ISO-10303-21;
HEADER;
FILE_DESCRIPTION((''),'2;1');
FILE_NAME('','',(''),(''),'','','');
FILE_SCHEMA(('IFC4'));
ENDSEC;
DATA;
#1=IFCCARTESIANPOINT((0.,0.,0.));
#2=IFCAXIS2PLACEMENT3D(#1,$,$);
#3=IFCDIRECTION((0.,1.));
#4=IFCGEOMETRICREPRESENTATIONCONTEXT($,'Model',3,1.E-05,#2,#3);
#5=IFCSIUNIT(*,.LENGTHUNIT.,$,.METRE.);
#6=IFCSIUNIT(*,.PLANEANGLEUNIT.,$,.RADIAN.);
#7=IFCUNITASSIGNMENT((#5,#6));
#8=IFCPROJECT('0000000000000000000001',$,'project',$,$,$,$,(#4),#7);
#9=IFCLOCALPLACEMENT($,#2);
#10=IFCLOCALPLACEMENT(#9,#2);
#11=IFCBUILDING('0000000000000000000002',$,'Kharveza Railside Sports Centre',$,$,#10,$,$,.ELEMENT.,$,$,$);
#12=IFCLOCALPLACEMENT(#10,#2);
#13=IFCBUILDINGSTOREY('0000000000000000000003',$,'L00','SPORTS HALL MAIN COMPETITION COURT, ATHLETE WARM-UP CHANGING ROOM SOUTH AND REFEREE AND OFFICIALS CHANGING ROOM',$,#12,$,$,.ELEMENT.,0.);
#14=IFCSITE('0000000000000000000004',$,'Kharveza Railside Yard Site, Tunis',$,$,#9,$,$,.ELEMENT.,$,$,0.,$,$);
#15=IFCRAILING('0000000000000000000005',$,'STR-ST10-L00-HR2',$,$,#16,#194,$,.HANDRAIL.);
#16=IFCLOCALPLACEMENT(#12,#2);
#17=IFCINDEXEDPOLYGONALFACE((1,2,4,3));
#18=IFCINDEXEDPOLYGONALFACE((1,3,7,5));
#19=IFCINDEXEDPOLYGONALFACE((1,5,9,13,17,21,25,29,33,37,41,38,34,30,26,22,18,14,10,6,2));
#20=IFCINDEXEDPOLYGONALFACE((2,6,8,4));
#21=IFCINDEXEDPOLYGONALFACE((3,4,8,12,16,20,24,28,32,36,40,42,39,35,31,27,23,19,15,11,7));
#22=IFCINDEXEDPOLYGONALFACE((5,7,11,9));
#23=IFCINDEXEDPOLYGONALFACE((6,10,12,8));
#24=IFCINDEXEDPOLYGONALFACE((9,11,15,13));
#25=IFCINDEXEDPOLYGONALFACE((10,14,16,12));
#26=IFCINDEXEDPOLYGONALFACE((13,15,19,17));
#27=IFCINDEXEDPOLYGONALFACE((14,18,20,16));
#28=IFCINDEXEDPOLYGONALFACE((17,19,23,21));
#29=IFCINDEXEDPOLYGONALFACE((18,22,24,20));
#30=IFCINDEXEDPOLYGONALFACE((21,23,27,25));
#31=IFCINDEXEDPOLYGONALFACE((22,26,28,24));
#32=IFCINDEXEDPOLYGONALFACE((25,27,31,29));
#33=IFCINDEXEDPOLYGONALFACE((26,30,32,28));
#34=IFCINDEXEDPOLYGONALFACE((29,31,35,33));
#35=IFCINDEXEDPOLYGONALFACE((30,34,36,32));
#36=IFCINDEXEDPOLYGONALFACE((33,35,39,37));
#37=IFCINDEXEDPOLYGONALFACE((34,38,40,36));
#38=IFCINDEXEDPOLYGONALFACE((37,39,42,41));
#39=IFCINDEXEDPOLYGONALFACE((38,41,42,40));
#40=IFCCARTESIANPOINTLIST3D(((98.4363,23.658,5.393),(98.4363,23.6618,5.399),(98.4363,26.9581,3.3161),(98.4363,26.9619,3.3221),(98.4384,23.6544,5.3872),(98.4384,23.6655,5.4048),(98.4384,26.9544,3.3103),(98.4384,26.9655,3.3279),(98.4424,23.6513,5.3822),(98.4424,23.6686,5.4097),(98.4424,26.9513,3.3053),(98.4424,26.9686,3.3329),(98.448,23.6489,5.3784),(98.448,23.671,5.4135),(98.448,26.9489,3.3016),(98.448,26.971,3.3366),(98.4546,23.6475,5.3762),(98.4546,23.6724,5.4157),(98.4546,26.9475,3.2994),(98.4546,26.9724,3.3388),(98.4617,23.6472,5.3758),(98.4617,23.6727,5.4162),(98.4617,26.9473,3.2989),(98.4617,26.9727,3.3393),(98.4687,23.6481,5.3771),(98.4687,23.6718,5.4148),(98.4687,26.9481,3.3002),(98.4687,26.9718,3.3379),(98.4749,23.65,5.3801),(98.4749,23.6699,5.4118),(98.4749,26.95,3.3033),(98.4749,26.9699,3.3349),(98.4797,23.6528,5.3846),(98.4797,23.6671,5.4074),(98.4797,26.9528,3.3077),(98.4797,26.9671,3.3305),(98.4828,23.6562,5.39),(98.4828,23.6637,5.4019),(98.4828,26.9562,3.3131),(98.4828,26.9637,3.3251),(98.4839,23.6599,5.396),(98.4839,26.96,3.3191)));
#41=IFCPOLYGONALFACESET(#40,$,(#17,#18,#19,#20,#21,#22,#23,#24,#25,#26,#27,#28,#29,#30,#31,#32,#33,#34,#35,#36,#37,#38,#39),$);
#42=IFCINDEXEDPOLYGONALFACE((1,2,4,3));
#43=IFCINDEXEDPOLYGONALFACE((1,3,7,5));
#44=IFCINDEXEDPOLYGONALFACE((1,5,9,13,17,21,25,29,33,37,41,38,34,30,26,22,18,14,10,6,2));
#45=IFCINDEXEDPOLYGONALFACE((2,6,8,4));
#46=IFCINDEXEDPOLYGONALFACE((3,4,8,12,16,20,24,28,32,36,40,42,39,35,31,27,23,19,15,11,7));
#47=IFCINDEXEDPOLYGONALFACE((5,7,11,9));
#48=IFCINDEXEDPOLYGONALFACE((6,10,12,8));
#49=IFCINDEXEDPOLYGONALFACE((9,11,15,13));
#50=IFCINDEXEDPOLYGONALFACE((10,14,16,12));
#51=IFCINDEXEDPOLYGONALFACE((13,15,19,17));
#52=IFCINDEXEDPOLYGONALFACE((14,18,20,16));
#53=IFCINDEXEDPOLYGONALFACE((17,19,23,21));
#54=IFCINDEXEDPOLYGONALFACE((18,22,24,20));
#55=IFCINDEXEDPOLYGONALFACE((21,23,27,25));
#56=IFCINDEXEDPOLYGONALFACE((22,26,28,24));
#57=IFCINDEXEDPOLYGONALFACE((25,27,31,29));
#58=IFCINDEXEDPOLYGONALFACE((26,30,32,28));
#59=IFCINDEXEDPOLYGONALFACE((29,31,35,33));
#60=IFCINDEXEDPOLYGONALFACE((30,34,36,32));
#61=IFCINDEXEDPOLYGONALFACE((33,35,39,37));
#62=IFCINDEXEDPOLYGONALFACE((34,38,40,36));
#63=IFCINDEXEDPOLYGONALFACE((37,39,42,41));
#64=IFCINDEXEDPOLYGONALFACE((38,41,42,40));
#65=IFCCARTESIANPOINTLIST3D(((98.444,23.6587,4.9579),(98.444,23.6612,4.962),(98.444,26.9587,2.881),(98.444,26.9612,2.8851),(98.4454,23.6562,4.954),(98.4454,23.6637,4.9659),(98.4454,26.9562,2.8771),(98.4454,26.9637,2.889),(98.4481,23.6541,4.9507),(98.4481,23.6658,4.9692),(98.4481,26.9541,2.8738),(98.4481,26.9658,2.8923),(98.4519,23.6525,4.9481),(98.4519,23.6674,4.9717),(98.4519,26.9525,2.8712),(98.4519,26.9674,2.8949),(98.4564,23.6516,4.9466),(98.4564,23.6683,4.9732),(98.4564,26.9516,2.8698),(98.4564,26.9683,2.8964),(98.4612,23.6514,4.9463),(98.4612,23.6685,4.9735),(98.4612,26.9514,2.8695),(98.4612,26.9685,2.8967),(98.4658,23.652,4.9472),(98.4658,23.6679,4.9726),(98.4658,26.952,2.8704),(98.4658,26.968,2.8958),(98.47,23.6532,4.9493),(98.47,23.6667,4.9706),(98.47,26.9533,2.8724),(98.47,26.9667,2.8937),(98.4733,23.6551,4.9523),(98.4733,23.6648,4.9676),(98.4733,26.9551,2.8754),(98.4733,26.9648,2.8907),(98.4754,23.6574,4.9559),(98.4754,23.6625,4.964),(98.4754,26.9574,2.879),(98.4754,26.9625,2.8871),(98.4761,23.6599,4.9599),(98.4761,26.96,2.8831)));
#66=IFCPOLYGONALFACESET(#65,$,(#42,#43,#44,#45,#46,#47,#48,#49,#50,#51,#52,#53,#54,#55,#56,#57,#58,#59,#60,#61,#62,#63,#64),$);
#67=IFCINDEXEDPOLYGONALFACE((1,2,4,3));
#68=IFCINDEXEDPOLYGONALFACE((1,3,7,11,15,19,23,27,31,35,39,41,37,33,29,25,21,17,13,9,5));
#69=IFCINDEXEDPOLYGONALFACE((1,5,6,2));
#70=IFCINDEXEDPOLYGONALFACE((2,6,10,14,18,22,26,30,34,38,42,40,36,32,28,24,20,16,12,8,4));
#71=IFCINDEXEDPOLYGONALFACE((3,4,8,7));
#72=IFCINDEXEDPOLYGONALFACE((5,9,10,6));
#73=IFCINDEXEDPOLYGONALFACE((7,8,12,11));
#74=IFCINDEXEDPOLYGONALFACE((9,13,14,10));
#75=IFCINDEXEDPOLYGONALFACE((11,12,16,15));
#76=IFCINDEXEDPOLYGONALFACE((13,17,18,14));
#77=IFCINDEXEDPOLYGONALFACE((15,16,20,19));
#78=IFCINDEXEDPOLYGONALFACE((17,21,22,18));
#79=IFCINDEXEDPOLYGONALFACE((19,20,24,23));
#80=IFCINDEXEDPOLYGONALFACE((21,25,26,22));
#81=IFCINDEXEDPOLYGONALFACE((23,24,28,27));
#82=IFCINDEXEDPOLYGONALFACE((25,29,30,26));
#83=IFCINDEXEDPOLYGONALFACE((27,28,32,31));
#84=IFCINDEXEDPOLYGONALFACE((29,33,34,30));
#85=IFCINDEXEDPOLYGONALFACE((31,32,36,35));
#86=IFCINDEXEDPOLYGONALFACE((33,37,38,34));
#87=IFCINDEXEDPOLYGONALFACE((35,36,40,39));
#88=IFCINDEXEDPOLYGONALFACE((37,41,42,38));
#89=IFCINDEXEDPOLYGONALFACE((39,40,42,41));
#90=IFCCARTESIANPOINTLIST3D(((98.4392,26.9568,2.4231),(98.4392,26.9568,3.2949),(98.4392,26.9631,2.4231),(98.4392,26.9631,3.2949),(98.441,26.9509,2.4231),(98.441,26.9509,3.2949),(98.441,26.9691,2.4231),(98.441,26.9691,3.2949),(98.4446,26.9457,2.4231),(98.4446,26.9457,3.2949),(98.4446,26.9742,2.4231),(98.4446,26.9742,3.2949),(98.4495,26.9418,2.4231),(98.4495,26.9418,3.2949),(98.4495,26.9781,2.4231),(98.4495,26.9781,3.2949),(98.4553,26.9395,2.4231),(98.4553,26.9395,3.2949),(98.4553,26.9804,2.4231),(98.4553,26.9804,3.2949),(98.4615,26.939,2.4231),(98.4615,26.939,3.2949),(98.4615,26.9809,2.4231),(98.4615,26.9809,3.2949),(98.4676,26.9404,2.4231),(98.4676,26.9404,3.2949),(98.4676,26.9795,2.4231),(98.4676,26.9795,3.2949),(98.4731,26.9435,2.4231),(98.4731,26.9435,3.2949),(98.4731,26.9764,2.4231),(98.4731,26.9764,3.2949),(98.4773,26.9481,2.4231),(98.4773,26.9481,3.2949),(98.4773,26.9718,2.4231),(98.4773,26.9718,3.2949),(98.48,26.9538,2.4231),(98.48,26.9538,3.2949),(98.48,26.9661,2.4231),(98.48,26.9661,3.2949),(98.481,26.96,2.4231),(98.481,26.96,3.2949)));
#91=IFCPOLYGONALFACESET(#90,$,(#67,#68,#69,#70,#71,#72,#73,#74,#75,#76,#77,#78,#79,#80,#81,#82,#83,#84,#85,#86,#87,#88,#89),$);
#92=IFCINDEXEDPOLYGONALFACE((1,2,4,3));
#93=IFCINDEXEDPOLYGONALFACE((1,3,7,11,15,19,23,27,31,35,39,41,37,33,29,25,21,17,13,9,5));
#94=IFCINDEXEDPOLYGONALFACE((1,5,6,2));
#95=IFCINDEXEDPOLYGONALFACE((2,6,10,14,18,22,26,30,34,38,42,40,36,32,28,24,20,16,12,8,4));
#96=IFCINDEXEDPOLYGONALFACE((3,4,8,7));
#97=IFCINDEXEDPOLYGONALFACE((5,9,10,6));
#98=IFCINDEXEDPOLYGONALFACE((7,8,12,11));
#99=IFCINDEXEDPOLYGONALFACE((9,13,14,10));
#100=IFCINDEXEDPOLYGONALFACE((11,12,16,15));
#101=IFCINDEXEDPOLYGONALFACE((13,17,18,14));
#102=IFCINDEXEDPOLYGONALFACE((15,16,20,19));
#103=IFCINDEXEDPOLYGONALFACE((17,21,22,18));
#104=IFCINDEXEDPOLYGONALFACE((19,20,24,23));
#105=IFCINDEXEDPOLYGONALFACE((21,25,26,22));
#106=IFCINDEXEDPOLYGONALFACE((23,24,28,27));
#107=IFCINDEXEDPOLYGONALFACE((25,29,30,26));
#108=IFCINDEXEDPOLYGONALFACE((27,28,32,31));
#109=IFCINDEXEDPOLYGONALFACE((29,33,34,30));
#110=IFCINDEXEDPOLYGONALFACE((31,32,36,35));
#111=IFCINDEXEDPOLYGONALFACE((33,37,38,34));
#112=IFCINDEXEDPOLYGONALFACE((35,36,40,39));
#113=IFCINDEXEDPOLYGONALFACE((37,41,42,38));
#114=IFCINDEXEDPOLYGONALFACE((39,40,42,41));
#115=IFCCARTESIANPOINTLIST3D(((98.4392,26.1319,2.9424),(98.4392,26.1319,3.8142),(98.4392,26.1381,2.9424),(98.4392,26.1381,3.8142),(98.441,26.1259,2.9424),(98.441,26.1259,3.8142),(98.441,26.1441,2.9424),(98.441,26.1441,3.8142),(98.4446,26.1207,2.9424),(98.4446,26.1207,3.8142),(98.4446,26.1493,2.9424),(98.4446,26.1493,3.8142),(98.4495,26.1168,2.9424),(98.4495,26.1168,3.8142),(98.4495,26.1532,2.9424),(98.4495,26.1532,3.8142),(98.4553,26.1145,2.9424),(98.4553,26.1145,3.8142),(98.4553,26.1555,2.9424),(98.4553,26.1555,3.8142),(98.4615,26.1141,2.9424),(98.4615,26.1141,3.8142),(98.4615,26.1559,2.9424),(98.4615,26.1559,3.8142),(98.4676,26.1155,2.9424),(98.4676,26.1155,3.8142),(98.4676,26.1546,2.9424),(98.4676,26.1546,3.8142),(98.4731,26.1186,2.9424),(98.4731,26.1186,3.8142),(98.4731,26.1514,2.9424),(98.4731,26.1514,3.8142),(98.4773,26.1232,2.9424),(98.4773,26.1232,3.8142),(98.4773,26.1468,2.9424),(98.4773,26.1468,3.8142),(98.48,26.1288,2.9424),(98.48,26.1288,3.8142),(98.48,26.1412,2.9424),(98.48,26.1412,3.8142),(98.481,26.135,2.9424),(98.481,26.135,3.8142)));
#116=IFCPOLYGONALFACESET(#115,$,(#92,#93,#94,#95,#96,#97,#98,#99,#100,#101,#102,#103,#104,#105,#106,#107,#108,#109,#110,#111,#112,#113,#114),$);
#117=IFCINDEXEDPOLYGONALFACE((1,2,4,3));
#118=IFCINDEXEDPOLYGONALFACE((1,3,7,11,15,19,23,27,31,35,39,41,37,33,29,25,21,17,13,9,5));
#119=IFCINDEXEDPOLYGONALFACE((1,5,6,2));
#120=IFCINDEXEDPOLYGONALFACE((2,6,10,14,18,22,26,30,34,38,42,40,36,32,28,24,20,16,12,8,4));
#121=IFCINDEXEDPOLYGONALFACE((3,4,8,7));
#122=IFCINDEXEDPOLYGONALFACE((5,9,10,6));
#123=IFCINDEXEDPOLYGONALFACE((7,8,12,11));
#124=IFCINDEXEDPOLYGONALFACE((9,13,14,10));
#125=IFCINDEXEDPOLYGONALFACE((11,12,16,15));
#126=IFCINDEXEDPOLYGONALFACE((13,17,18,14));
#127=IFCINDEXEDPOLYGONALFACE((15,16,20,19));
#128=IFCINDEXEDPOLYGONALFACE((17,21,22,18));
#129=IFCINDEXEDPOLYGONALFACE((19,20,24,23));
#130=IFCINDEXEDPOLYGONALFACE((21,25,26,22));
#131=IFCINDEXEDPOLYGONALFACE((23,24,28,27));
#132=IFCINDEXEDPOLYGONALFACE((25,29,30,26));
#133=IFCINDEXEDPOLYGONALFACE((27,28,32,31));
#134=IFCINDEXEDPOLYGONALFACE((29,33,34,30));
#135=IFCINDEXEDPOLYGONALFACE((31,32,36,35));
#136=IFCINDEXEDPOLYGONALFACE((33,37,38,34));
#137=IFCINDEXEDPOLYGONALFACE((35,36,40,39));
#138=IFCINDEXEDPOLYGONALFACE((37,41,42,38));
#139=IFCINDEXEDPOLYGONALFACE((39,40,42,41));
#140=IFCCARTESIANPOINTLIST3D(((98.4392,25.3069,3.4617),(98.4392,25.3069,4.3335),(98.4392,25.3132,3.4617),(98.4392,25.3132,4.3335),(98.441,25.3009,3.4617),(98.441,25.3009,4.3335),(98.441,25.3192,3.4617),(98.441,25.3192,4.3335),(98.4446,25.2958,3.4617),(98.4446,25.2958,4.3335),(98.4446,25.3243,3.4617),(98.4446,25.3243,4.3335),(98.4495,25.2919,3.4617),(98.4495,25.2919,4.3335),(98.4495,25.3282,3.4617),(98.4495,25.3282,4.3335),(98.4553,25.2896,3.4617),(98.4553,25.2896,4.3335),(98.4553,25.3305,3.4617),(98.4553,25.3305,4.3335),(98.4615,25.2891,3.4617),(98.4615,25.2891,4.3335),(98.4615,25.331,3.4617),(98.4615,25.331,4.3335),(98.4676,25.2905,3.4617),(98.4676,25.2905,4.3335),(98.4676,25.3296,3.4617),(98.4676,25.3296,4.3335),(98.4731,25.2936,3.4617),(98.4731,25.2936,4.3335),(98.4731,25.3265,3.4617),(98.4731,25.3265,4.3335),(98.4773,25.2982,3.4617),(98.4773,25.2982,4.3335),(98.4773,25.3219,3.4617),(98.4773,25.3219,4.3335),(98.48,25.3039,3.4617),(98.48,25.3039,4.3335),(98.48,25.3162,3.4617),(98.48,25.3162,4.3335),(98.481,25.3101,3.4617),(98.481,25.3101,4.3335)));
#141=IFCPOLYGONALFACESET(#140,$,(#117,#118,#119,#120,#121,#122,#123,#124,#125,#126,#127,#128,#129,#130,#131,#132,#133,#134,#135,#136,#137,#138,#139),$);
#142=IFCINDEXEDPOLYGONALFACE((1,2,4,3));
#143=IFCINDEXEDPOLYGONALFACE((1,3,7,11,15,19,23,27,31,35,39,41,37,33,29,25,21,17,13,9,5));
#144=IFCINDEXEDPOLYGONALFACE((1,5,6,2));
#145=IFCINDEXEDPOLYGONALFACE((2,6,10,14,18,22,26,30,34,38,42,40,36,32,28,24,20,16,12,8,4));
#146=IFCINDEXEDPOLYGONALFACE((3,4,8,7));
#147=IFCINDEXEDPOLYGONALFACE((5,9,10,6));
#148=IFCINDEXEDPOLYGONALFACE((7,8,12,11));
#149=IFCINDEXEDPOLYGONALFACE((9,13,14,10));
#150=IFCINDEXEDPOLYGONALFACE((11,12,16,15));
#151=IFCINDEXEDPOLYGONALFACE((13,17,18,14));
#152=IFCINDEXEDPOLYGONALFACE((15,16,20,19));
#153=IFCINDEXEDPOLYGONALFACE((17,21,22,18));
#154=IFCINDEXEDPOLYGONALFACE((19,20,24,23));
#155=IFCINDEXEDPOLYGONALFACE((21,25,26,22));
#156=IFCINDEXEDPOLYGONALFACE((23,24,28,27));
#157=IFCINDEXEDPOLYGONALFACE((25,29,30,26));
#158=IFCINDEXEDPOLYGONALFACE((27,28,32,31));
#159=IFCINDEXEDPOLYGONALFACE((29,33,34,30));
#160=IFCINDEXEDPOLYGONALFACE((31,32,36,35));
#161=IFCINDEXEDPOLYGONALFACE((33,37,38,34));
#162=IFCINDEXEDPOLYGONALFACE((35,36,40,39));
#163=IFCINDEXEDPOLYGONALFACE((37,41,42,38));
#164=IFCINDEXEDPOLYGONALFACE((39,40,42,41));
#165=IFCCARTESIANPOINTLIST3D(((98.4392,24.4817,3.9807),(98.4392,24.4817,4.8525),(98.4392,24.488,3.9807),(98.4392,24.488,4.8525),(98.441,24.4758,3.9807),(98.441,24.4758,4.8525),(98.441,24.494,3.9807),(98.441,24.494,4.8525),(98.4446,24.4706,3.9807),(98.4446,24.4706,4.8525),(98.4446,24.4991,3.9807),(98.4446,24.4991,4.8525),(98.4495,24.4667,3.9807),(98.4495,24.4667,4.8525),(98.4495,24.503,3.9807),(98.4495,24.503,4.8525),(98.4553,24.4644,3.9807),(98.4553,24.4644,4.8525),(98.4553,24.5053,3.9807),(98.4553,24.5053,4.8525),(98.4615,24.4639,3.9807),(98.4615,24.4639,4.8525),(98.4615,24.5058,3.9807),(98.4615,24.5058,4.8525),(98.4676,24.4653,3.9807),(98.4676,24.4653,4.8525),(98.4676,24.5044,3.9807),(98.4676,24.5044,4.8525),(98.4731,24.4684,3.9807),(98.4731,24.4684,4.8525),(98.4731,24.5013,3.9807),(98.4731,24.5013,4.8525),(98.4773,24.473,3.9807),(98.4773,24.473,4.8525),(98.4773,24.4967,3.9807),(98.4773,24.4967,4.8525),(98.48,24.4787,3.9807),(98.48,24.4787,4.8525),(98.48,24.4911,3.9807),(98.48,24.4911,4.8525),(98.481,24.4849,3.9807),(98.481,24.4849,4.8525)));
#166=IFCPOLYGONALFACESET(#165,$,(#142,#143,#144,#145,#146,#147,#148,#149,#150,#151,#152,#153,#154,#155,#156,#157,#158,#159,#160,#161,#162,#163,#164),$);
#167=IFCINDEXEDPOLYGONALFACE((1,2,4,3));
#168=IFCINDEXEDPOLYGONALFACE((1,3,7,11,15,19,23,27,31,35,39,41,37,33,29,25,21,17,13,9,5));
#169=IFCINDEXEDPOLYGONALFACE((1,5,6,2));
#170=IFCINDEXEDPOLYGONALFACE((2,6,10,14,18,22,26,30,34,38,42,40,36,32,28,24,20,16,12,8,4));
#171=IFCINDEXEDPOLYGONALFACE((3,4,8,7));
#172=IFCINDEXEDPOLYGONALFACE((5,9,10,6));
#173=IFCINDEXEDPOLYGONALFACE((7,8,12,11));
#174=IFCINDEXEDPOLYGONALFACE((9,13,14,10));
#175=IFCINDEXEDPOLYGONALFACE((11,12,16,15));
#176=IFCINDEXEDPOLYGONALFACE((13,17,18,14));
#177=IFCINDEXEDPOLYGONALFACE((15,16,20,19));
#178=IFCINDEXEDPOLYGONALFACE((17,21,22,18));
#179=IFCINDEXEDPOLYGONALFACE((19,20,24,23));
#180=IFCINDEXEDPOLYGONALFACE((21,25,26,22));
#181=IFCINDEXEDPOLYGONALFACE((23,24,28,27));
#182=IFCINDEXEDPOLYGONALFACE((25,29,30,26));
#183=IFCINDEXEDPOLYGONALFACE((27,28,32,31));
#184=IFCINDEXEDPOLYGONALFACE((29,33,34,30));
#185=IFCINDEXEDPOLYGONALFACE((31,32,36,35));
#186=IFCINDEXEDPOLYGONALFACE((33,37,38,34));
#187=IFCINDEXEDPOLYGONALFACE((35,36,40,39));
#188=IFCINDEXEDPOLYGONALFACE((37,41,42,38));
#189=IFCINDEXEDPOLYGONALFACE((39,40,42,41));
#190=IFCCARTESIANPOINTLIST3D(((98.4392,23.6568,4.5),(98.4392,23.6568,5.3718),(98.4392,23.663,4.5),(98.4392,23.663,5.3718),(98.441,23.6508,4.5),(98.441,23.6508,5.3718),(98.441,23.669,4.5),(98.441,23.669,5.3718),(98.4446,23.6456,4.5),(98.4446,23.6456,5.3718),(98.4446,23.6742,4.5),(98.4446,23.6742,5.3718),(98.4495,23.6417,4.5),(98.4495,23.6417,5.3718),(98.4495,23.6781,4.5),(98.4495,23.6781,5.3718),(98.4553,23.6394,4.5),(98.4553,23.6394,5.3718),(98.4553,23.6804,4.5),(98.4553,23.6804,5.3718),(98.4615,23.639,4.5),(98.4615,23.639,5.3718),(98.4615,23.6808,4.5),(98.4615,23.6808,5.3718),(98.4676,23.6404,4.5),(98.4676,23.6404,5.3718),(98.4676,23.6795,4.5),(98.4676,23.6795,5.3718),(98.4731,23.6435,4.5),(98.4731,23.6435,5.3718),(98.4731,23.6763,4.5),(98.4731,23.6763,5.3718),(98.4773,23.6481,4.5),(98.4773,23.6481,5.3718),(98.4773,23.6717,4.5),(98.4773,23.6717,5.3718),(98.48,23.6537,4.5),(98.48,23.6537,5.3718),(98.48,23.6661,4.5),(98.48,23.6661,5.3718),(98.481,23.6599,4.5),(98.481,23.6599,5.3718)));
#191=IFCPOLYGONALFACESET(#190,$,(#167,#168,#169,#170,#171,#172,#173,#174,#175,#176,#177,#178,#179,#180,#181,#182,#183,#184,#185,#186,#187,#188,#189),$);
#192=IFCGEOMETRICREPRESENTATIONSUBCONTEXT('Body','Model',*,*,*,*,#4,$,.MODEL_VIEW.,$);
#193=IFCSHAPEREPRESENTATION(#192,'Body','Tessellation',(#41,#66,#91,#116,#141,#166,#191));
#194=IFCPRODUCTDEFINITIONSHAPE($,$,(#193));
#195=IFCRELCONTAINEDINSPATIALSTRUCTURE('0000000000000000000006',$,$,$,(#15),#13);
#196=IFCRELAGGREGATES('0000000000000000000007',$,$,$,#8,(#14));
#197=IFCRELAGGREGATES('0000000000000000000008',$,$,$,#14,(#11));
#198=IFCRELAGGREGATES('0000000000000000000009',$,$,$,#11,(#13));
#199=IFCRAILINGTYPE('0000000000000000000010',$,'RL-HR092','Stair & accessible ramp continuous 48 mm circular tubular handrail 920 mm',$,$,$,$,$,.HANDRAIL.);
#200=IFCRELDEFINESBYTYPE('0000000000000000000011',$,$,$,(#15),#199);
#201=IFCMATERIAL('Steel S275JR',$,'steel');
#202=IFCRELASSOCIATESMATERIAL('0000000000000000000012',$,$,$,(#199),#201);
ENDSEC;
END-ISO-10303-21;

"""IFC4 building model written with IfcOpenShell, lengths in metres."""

from ifc_helpers import new_model, si_unit, direction, frame, origin, origin_2d, place, context, subcontext, project, spatial, circle, extrude, material, type_object, element, save


model = new_model("IFC4")

# Units and contexts
model_context = context("Model", 3, precision=1e-05, world=origin(), true_north=direction((0.0, 1.0)))
body_context = subcontext(model_context, "Body", "Model", "MODEL_VIEW")
ifc_project = project(units=[si_unit("LENGTHUNIT", "METRE"), si_unit("PLANEANGLEUNIT", "RADIAN")], contexts=[model_context])

# Site, building, storey
site_placement = place(None, origin())
site = spatial("IfcSite", under=ifc_project, at=site_placement, Name="Kharveza Railside Yard Site, Tunis", CompositionType="ELEMENT", RefElevation=0.0)
building_placement = place(site_placement, origin())
building = spatial("IfcBuilding", under=site, at=building_placement, Name="Kharveza Railside Sports Centre", CompositionType="ELEMENT")
storey_placement = place(building_placement, origin())
storey = spatial("IfcBuildingStorey", under=building, at=storey_placement, Name="L00", Description="SPORTS HALL MAIN COMPETITION COURT, ATHLETE WARM-UP CHANGING ROOM SOUTH AND REFEREE AND OFFICIALS CHANGING ROOM", CompositionType="ELEMENT", Elevation=0.0)

# Railing
ifc_material_1 = material(Name="Steel S275JR", Category="steel")
railing_type_1 = type_object("IfcRailingType", Name="RL-HR092", Description="Stair & accessible ramp continuous 48 mm circular tubular handrail 920 mm", PredefinedType="HANDRAIL", material=ifc_material_1)
railing_1_placement = place(storey_placement, frame((98.46, 26.96, 2.4231)))
element("IfcRailing", 1, at=railing_1_placement, inside=storey, type_object=railing_type_1, Name="STR-ST10-L00-HR2", PredefinedType="HANDRAIL", context=body_context, shape_type="SweptSolid", body=[
    extrude(circle(Radius=0.0239, at=origin_2d()), frame((0.0, 0.0, 0.896), z_axis=(0.0, -0.846337, 0.532647), x_axis=(1.0, 0.0, 0.0)), (0.0, 0.0, 1.0), 3.8992),
    extrude(circle(Radius=0.0161, at=origin_2d()), frame((0.0, 0.0, 0.46), z_axis=(0.0, -0.846337, 0.532647), x_axis=(1.0, 0.0, 0.0)), (0.0, 0.0, 1.0), 3.8992),
    extrude(circle(Radius=0.021, at=origin_2d()), origin(), (0.0, 0.0, 1.0), 0.8718),
    extrude(circle(Radius=0.021, at=origin_2d()), frame((0.0, -0.825, 0.5193)), (0.0, 0.0, 1.0), 0.8718),
    extrude(circle(Radius=0.021, at=origin_2d()), frame((0.0, -1.6499, 1.0386)), (0.0, 0.0, 1.0), 0.8718),
    extrude(circle(Radius=0.021, at=origin_2d()), frame((0.0, -2.4751, 1.5576)), (0.0, 0.0, 1.0), 0.8718),
    extrude(circle(Radius=0.021, at=origin_2d()), frame((0.0, -3.3, 2.0769)), (0.0, 0.0, 1.0), 0.8718),
])

save(model, "model.ifc")
